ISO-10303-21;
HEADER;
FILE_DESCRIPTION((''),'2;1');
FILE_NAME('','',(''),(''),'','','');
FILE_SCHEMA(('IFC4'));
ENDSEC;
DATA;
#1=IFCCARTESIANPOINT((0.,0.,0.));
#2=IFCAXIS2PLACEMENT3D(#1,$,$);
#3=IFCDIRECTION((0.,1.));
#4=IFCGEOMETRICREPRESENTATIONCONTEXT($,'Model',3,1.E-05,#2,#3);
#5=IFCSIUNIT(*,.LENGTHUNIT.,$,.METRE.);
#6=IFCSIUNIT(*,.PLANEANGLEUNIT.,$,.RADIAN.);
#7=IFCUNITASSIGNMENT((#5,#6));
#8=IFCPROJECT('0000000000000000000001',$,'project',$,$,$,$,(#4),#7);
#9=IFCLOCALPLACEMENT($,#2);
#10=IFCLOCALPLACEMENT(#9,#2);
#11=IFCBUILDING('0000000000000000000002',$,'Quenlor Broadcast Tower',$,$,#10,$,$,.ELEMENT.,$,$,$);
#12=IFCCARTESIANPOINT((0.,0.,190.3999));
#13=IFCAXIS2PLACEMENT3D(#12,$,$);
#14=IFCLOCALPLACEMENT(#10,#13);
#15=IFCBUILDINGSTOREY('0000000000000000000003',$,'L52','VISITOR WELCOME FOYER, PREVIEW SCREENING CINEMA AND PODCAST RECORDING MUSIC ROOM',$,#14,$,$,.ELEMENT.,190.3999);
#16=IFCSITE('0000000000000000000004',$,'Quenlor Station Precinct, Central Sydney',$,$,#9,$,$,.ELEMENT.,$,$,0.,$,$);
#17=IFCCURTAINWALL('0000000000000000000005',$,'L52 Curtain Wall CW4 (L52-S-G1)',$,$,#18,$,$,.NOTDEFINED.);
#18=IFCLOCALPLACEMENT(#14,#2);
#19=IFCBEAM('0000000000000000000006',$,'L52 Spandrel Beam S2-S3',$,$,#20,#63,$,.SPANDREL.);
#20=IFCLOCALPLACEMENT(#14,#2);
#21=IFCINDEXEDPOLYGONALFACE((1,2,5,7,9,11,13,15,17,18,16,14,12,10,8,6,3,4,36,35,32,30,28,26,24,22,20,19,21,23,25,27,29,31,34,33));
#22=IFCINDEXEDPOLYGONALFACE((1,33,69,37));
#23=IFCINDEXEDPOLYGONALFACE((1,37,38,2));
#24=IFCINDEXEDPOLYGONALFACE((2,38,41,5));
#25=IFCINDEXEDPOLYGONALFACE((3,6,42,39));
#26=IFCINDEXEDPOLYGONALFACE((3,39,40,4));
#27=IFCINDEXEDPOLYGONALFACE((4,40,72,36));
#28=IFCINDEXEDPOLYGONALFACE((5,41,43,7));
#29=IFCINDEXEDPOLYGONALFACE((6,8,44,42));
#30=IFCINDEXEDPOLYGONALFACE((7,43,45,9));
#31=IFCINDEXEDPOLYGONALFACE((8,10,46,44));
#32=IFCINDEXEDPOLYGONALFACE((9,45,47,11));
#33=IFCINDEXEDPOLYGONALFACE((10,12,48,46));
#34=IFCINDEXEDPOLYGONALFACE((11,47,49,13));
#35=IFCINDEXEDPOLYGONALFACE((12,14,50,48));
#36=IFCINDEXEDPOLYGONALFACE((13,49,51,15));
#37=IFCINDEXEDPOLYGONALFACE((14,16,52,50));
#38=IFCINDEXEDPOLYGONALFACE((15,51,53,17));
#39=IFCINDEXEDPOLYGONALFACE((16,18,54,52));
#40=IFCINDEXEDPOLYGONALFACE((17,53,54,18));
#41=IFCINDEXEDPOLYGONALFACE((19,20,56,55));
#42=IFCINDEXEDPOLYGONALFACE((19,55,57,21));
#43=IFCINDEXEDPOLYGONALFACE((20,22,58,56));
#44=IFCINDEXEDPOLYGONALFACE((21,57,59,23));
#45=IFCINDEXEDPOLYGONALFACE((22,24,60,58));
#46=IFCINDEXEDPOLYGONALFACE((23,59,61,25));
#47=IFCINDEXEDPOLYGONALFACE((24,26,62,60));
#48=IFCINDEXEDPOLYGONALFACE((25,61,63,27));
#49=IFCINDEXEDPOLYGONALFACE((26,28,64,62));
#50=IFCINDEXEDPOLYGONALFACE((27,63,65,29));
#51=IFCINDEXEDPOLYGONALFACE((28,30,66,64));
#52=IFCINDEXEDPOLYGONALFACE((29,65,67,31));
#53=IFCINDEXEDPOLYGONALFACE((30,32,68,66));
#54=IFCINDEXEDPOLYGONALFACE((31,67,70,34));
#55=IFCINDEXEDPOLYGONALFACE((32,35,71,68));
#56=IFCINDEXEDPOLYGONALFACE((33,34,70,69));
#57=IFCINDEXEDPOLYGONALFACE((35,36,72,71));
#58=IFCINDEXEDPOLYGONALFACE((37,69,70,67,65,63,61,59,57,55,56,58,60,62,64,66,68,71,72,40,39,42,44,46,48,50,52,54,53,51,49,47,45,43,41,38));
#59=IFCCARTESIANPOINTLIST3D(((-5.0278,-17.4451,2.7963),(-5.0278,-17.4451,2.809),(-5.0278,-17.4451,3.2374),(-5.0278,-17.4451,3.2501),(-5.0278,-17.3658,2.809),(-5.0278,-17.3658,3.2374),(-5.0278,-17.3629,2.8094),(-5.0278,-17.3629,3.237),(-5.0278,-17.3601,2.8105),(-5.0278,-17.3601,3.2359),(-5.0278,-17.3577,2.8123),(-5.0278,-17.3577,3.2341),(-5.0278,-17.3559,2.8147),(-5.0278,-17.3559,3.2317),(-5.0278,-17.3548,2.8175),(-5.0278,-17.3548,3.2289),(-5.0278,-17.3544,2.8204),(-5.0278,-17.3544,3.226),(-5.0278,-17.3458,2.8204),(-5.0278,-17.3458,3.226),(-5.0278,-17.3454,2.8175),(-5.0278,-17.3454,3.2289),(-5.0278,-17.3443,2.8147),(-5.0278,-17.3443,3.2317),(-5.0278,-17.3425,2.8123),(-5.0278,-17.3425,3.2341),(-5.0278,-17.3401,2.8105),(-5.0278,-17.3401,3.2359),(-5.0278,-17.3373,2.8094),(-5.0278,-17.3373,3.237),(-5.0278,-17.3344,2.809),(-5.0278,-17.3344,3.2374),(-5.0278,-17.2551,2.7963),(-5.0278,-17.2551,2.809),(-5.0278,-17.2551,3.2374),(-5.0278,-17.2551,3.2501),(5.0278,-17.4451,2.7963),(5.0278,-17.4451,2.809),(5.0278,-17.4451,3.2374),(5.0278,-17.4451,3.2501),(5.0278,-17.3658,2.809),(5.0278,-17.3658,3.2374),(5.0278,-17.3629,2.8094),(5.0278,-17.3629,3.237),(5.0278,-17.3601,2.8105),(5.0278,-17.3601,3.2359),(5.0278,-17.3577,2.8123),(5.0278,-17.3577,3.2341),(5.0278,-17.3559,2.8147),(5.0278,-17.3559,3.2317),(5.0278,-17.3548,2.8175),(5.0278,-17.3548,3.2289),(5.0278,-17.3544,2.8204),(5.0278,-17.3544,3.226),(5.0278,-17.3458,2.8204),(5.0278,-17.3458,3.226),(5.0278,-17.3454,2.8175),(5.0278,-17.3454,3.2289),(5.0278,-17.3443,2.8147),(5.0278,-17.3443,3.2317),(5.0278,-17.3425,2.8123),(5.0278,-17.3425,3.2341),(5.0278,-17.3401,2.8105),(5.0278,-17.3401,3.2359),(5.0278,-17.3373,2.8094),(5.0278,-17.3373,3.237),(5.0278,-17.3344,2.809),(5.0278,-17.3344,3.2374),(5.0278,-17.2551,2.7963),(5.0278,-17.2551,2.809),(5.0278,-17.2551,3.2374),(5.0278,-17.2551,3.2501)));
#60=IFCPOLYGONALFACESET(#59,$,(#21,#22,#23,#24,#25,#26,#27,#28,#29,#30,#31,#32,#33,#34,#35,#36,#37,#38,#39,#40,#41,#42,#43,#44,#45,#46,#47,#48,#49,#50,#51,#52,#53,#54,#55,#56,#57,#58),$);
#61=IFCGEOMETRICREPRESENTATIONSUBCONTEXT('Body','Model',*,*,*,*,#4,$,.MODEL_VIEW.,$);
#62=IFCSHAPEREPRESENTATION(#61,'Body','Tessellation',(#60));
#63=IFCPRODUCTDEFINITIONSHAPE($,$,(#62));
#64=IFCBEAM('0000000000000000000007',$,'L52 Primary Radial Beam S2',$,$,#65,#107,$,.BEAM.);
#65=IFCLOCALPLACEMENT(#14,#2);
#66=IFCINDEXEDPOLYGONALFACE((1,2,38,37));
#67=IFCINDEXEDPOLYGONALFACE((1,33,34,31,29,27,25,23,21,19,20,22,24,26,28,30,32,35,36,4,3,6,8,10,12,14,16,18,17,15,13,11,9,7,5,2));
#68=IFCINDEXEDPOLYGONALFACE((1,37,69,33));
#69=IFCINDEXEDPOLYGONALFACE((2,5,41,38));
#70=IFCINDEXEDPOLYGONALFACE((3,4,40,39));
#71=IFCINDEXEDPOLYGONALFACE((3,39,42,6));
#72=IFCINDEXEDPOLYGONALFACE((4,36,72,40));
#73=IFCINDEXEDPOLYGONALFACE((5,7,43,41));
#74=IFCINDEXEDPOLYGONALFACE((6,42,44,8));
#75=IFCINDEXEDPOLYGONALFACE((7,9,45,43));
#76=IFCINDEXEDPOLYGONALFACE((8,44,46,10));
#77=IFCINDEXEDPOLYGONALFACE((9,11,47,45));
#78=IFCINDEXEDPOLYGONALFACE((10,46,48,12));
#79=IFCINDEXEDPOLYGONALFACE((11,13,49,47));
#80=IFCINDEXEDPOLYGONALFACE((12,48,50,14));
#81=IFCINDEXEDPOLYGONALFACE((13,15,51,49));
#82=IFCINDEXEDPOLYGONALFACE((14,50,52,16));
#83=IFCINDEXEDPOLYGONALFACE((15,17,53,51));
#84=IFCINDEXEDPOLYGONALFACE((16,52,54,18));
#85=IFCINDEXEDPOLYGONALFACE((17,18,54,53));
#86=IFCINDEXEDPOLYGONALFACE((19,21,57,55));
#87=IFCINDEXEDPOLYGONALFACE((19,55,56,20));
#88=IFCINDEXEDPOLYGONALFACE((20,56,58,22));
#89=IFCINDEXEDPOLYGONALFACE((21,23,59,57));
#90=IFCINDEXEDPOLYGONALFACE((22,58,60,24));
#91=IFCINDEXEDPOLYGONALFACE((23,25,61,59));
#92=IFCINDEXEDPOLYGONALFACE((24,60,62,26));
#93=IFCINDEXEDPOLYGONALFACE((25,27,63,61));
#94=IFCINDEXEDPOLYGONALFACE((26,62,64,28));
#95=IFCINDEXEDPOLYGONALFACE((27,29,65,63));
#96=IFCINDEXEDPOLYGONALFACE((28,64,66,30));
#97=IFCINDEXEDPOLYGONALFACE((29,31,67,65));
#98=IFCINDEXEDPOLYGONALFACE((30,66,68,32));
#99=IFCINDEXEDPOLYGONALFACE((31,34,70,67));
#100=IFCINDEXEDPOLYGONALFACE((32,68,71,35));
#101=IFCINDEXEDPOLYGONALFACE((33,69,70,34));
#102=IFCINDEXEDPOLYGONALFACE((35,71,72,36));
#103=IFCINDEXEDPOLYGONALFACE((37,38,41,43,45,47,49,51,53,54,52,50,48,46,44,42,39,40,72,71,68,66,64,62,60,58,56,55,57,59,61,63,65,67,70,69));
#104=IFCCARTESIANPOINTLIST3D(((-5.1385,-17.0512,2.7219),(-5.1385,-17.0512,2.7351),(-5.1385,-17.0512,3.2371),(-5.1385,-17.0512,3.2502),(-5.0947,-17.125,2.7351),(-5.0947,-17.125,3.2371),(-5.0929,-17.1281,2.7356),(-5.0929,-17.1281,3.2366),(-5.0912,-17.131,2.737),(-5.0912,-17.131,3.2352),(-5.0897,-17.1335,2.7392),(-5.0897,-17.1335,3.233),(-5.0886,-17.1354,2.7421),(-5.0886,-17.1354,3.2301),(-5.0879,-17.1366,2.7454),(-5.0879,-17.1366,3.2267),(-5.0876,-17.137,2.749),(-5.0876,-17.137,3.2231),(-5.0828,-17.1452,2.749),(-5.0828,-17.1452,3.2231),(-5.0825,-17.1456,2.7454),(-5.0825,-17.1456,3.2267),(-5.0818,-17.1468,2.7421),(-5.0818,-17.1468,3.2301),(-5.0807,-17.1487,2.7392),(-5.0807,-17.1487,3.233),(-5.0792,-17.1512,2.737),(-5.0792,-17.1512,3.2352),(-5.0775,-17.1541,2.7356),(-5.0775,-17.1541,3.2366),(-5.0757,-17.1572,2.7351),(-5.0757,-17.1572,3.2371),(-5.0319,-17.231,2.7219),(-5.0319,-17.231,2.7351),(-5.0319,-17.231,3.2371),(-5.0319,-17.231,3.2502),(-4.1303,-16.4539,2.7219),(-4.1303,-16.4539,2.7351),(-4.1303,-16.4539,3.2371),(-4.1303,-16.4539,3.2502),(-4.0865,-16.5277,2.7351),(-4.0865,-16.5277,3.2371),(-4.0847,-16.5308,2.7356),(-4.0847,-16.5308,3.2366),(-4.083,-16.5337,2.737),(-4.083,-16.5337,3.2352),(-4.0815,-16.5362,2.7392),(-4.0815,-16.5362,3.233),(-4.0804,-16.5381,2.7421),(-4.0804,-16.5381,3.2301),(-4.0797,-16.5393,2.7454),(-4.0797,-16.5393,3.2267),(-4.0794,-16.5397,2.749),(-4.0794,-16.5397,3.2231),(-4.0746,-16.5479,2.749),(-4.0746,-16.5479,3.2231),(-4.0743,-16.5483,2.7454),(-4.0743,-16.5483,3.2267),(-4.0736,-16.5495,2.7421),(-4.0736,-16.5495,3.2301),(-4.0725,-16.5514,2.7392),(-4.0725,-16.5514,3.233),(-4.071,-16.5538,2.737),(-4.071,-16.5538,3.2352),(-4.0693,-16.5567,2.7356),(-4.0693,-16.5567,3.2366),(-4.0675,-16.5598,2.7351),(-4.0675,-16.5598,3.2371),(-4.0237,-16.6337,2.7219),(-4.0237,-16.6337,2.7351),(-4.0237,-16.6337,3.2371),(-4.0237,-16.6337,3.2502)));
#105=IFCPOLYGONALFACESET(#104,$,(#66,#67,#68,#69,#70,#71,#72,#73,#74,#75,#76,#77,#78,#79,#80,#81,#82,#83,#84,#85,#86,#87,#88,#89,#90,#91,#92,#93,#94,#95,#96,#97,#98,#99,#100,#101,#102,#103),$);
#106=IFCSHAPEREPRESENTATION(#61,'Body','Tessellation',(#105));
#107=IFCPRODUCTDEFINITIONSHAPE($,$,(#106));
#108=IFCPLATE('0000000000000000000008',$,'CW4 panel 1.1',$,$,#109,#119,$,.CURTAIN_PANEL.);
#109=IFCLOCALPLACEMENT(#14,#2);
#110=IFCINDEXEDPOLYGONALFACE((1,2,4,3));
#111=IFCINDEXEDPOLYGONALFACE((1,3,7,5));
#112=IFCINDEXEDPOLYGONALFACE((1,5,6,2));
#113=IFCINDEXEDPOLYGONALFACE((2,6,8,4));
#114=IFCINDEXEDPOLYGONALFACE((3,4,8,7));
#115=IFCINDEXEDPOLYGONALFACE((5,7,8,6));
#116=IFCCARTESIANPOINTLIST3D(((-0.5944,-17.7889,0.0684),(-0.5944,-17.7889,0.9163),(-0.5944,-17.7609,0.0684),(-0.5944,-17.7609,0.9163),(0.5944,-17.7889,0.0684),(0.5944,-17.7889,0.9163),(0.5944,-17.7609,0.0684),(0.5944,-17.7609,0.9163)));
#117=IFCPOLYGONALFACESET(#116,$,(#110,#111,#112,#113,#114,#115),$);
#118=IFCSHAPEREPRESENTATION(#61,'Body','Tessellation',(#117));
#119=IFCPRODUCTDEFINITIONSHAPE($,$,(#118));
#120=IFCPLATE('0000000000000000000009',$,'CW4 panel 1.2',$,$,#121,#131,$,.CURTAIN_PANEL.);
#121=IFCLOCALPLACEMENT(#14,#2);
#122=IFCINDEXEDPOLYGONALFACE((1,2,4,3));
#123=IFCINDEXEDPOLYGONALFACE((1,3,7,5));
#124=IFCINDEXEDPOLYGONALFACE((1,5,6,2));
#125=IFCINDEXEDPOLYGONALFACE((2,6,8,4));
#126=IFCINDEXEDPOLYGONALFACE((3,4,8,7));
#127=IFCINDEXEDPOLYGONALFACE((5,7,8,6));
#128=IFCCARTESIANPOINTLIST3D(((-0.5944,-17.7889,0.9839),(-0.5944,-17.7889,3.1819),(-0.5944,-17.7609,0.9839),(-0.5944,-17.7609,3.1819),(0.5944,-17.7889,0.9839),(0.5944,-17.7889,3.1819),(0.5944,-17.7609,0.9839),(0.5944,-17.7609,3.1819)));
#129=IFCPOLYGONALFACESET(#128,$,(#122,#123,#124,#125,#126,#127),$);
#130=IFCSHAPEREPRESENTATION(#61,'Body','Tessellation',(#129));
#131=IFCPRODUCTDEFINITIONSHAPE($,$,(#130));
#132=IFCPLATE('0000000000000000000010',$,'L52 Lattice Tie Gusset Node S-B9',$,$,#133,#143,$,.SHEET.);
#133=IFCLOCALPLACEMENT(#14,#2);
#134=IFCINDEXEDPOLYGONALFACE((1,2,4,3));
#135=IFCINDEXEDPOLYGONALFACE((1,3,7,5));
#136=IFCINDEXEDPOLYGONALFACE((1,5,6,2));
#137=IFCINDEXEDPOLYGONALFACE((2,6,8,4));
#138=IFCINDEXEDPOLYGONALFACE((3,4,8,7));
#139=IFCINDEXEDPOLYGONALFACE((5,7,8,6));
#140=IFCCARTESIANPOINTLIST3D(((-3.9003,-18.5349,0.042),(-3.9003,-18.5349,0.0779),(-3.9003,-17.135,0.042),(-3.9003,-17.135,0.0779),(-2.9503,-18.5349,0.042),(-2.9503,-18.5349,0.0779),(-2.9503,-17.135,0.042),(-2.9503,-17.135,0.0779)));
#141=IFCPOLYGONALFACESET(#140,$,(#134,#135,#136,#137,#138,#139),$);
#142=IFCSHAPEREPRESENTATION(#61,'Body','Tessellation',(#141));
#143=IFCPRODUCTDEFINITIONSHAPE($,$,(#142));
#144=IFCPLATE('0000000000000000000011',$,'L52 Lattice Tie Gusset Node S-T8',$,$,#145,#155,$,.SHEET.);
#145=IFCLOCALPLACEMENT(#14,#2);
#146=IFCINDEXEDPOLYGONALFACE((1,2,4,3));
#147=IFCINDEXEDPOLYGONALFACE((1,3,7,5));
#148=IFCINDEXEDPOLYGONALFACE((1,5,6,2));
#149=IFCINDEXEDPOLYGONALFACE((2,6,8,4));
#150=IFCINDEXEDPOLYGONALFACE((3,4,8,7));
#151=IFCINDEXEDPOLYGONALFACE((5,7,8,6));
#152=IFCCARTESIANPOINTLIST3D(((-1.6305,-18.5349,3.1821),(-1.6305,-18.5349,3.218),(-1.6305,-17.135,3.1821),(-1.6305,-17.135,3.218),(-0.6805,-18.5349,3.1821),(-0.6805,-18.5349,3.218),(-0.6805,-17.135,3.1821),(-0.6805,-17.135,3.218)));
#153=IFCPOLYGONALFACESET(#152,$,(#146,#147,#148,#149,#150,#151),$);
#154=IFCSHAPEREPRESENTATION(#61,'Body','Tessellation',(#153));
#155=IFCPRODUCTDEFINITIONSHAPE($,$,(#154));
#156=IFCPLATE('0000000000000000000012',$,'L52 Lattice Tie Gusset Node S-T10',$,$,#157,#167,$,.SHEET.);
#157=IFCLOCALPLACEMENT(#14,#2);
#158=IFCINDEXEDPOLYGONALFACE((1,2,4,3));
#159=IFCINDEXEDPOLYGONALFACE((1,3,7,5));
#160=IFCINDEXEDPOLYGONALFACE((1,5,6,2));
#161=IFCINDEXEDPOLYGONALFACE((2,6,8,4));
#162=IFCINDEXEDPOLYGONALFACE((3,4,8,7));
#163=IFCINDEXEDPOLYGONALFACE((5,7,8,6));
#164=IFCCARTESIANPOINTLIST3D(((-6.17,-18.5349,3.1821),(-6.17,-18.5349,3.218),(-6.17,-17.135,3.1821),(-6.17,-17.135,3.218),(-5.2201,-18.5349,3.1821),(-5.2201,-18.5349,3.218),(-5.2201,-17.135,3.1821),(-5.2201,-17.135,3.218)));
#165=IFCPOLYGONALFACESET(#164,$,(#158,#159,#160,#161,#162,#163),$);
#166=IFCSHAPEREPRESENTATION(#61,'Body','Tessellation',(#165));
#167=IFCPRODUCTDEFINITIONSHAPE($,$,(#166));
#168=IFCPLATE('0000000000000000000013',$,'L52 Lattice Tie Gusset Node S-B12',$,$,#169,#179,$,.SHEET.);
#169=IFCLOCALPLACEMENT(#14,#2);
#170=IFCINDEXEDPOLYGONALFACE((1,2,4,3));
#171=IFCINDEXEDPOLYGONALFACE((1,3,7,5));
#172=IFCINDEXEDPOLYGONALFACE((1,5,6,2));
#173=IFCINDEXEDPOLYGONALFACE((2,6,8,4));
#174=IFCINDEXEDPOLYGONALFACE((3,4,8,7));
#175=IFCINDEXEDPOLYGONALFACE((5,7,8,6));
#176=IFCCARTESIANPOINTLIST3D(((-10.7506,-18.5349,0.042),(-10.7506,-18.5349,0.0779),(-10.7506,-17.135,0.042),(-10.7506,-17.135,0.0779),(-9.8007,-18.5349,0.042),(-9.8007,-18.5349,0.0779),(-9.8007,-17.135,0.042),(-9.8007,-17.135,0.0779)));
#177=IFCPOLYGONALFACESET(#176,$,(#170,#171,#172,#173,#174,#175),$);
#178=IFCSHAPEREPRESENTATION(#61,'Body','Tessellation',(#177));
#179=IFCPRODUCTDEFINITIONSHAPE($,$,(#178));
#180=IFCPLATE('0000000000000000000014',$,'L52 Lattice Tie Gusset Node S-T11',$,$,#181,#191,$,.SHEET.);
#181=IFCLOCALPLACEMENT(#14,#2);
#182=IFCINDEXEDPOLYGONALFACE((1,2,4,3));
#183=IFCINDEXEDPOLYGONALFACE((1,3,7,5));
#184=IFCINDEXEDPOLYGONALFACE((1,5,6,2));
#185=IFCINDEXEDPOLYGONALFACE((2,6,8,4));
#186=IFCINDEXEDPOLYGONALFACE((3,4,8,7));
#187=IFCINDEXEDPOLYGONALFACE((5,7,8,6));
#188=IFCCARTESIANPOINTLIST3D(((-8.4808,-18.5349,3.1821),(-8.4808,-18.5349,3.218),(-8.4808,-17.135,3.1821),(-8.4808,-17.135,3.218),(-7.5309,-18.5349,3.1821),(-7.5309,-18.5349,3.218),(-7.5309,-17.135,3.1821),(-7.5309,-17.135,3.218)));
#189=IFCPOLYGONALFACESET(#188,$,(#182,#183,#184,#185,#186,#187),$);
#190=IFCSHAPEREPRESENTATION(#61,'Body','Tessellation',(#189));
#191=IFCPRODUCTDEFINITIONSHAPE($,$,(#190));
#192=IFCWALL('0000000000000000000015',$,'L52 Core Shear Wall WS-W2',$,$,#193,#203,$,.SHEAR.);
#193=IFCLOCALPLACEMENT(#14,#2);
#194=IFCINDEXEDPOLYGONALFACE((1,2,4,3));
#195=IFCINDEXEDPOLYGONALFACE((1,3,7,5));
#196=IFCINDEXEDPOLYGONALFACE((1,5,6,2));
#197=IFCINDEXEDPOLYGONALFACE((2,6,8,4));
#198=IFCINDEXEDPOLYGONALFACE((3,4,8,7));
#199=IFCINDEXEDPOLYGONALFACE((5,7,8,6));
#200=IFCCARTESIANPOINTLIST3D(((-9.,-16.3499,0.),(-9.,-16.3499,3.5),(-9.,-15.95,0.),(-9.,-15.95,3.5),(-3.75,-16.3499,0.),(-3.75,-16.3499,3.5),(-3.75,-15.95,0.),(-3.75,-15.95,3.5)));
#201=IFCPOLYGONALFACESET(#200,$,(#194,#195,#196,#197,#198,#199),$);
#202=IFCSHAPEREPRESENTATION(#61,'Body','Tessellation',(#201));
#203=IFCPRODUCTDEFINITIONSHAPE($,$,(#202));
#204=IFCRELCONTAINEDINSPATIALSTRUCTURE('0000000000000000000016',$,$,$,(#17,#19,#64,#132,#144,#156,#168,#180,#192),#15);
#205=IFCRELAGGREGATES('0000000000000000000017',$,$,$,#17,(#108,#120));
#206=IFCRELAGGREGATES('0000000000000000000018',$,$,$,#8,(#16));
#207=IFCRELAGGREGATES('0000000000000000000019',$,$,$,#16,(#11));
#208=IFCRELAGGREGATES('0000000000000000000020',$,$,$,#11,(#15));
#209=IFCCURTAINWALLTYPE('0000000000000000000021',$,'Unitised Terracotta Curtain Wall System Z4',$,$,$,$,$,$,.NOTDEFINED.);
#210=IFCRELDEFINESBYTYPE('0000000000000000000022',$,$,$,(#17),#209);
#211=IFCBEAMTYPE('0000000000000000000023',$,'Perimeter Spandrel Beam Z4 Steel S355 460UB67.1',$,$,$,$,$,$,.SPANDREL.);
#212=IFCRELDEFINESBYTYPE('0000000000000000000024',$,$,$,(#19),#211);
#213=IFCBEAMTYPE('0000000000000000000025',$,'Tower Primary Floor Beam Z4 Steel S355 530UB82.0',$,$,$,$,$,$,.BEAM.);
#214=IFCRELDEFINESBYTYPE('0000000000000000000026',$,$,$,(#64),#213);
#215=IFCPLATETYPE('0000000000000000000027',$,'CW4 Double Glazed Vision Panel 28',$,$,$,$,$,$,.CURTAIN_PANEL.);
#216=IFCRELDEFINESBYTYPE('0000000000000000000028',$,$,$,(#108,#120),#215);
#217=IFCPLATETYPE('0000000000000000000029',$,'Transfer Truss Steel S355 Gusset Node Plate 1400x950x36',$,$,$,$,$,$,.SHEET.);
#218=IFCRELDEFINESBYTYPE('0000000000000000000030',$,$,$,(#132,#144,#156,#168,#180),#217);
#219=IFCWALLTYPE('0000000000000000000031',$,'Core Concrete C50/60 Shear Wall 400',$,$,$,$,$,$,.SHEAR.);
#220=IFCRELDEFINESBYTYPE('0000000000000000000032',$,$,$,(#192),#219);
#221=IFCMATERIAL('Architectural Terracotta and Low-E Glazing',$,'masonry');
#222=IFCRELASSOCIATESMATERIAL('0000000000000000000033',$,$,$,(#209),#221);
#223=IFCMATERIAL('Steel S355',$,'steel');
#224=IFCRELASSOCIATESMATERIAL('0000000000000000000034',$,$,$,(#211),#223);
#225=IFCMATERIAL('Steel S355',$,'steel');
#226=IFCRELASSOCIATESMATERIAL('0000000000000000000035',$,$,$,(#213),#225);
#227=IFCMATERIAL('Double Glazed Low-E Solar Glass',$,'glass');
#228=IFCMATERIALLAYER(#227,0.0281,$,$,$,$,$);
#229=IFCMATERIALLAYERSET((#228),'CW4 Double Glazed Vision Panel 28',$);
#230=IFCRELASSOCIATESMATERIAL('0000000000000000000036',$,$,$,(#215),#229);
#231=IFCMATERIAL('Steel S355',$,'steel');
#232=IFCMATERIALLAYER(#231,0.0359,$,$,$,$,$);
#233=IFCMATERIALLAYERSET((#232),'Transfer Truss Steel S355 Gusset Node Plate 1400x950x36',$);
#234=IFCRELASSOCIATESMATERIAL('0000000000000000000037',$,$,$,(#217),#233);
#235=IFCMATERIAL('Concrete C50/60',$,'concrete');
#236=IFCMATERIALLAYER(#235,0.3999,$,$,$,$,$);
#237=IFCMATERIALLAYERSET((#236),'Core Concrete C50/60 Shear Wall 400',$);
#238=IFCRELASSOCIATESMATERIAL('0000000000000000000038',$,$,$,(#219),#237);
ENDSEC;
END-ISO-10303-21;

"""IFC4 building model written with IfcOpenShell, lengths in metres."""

from ifc_helpers import new_model, si_unit, direction, frame, frame_2d, origin, origin_2d, place, context, subcontext, project, spatial, rectangle, i_section, extrude, material, layer, layer_set, material_profile, profile_set, type_object, element, aggregate, save


model = new_model("IFC4")

# Units and contexts
model_context = context("Model", 3, precision=1e-05, world=origin(), true_north=direction((0.0, 1.0)))
body_context = subcontext(model_context, "Body", "Model", "MODEL_VIEW")
ifc_project = project(units=[si_unit("LENGTHUNIT", "METRE"), si_unit("PLANEANGLEUNIT", "RADIAN")], contexts=[model_context])

# Site, building, storey
site_placement = place(None, origin())
site = spatial("IfcSite", under=ifc_project, at=site_placement, Name="Quenlor Station Precinct, Central Sydney", CompositionType="ELEMENT", RefElevation=0.0)
building_placement = place(site_placement, origin())
building = spatial("IfcBuilding", under=site, at=building_placement, Name="Quenlor Broadcast Tower", CompositionType="ELEMENT")
storey_placement = place(building_placement, frame((0.0, 0.0, 190.3999)))
storey = spatial("IfcBuildingStorey", under=building, at=storey_placement, Name="L52", Description="VISITOR WELCOME FOYER, PREVIEW SCREENING CINEMA AND PODCAST RECORDING MUSIC ROOM", CompositionType="ELEMENT", Elevation=190.3999)

# Curtain wall
ifc_material_1 = material(Name="Architectural Terracotta and Low-E Glazing", Category="masonry")
curtain_wall_type = type_object("IfcCurtainWallType", Name="Unitised Terracotta Curtain Wall System Z4", PredefinedType="NOTDEFINED", material=ifc_material_1)
curtain_wall_placement = place(storey_placement, origin())
curtain_wall = element("IfcCurtainWall", 1, at=curtain_wall_placement, inside=storey, type_object=curtain_wall_type, Name="L52 Curtain Wall CW4 (L52-S-G1)", PredefinedType="NOTDEFINED")

# Beams
ifc_material_2 = material(Name="Steel S355", Category="steel")
ifc_material_profile_1 = material_profile(ifc_material_2, i_section(OverallWidth=0.1899, OverallDepth=0.4539, WebThickness=0.0085, FlangeThickness=0.0127, FilletRadius=0.0115, at=origin_2d()))
ifc_profile_set_1 = profile_set([ifc_material_profile_1], Name="Steel S355 460UB67.1")
beam_type_1 = type_object("IfcBeamType", Name="Perimeter Spandrel Beam Z4 Steel S355 460UB67.1", PredefinedType="SPANDREL", material=ifc_profile_set_1)
beam_1_placement = place(storey_placement, frame((-5.0278, -17.3501, 3.0232), z_axis=(1.0, 0.0, 0.0), x_axis=(0.0, 1.0, 0.0)))
element("IfcBeam", 2, at=beam_1_placement, inside=storey, type_object=beam_type_1, Name="L52 Spandrel Beam S2-S3", PredefinedType="SPANDREL", context=body_context, shape_type="SweptSolid", body=[
    extrude(i_section(OverallWidth=0.1899, OverallDepth=0.4539, WebThickness=0.0085, FlangeThickness=0.0127, FilletRadius=0.0115, at=origin_2d()), origin(), (0.0, 0.0, 1.0), 10.0557),
])
ifc_material_3 = material(Name="Steel S355", Category="steel")
ifc_material_profile_2 = material_profile(ifc_material_3, i_section(OverallWidth=0.209, OverallDepth=0.5283, WebThickness=0.0095, FlangeThickness=0.0132, FilletRadius=0.0139, at=origin_2d()))
ifc_profile_set_2 = profile_set([ifc_material_profile_2], Name="Steel S355 530UB82.0")
beam_type_2 = type_object("IfcBeamType", Name="Tower Primary Floor Beam Z4 Steel S355 530UB82.0", PredefinedType="BEAM", material=ifc_profile_set_2)
beam_2_placement = place(storey_placement, frame((-5.0852, -17.1411, 2.9861), z_axis=(0.860329, 0.50974, 0.0), x_axis=(-0.50974, 0.860329, 0.0)))
element("IfcBeam", 3, at=beam_2_placement, inside=storey, type_object=beam_type_2, Name="L52 Primary Radial Beam S2", PredefinedType="BEAM", context=body_context, shape_type="SweptSolid", body=[
    extrude(i_section(OverallWidth=0.209, OverallDepth=0.5283, WebThickness=0.0095, FlangeThickness=0.0132, FilletRadius=0.0139, at=origin_2d()), origin(), (0.0, 0.0, 1.0), 1.1719),
])

# Plates
ifc_material_4 = material(Name="Double Glazed Low-E Solar Glass", Category="glass")
ifc_layer_1 = layer(ifc_material_4, 0.0281)
ifc_layer_set_1 = layer_set([ifc_layer_1], Name="CW4 Double Glazed Vision Panel 28")
plate_type_1 = type_object("IfcPlateType", Name="CW4 Double Glazed Vision Panel 28", PredefinedType="CURTAIN_PANEL", material=ifc_layer_set_1)
plate_1_placement = place(storey_placement, frame((0.0, -17.7749, 0.0684), z_axis=(0.0, 0.0, 1.0), x_axis=(-1.0, 0.0, 0.0)))
plate_1 = element("IfcPlate", 4, at=plate_1_placement, type_object=plate_type_1, Name="CW4 panel 1.1", PredefinedType="CURTAIN_PANEL", context=body_context, shape_type="SweptSolid", body=[
    extrude(rectangle(XDim=1.1887, YDim=0.0281, at=origin_2d()), origin(), (0.0, 0.0, 1.0), 0.8479),
])
plate_2_placement = place(storey_placement, frame((0.0, -17.7749, 0.9839), z_axis=(0.0, 0.0, 1.0), x_axis=(-1.0, 0.0, 0.0)))
plate_2 = element("IfcPlate", 5, at=plate_2_placement, type_object=plate_type_1, Name="CW4 panel 1.2", PredefinedType="CURTAIN_PANEL", context=body_context, shape_type="SweptSolid", body=[
    extrude(rectangle(XDim=1.1887, YDim=0.0281, at=origin_2d()), origin(), (0.0, 0.0, 1.0), 2.198),
])
aggregate(curtain_wall, [plate_1, plate_2])

# Plates
ifc_material_5 = material(Name="Steel S355", Category="steel")
ifc_layer_2 = layer(ifc_material_5, 0.0359)
ifc_layer_set_2 = layer_set([ifc_layer_2], Name="Transfer Truss Steel S355 Gusset Node Plate 1400x950x36")
plate_type_2 = type_object("IfcPlateType", Name="Transfer Truss Steel S355 Gusset Node Plate 1400x950x36", PredefinedType="SHEET", material=ifc_layer_set_2)
for number, where, z_axis, x_axis, name in (
    (6, (-3.4253, -17.835, 0.042), (0.0, 0.0, 1.0), (0.0, -1.0, 0.0), "L52 Lattice Tie Gusset Node S-B9"),
    (7, (-1.1555, -17.835, 3.1821), (0.0, 0.0, 1.0), (0.0, -1.0, 0.0), "L52 Lattice Tie Gusset Node S-T8"),
    (8, (-5.6951, -17.835, 3.1821), (0.0, 0.0, 1.0), (0.0, -1.0, 0.0), "L52 Lattice Tie Gusset Node S-T10"),
    (9, (-10.2756, -17.835, 0.042), (0.0, 0.0, 1.0), (0.0, -1.0, 0.0), "L52 Lattice Tie Gusset Node S-B12"),
    (10, (-8.0059, -17.835, 3.1821), (0.0, 0.0, 1.0), (0.0, -1.0, 0.0), "L52 Lattice Tie Gusset Node S-T11"),
):
    element("IfcPlate", number, at=place(storey_placement, frame(where, z_axis=z_axis, x_axis=x_axis)), inside=storey, type_object=plate_type_2, Name=name, PredefinedType="SHEET", context=body_context, shape_type="SweptSolid", body=[
        extrude(rectangle(XDim=1.3999, YDim=0.95, at=origin_2d()), origin(), (0.0, 0.0, 1.0), 0.0359),
    ])

# Wall
ifc_material_6 = material(Name="Concrete C50/60", Category="concrete")
ifc_layer_3 = layer(ifc_material_6, 0.3999)
ifc_layer_set_3 = layer_set([ifc_layer_3], Name="Core Concrete C50/60 Shear Wall 400")
wall_type_1 = type_object("IfcWallType", Name="Core Concrete C50/60 Shear Wall 400", PredefinedType="SHEAR", material=ifc_layer_set_3)
wall_1_placement = place(storey_placement, frame((-9.0, -16.1499, 0.0), z_axis=(0.0, 0.0, 1.0), x_axis=(1.0, 0.0, 0.0)))
element("IfcWall", 11, at=wall_1_placement, inside=storey, type_object=wall_type_1, Name="L52 Core Shear Wall WS-W2", PredefinedType="SHEAR", context=body_context, shape_type="SweptSolid", body=[
    extrude(rectangle(XDim=5.25, YDim=0.3999, at=frame_2d((2.625, 0.0))), origin(), (0.0, 0.0, 1.0), 3.5),
])

save(model, "model.ifc")
